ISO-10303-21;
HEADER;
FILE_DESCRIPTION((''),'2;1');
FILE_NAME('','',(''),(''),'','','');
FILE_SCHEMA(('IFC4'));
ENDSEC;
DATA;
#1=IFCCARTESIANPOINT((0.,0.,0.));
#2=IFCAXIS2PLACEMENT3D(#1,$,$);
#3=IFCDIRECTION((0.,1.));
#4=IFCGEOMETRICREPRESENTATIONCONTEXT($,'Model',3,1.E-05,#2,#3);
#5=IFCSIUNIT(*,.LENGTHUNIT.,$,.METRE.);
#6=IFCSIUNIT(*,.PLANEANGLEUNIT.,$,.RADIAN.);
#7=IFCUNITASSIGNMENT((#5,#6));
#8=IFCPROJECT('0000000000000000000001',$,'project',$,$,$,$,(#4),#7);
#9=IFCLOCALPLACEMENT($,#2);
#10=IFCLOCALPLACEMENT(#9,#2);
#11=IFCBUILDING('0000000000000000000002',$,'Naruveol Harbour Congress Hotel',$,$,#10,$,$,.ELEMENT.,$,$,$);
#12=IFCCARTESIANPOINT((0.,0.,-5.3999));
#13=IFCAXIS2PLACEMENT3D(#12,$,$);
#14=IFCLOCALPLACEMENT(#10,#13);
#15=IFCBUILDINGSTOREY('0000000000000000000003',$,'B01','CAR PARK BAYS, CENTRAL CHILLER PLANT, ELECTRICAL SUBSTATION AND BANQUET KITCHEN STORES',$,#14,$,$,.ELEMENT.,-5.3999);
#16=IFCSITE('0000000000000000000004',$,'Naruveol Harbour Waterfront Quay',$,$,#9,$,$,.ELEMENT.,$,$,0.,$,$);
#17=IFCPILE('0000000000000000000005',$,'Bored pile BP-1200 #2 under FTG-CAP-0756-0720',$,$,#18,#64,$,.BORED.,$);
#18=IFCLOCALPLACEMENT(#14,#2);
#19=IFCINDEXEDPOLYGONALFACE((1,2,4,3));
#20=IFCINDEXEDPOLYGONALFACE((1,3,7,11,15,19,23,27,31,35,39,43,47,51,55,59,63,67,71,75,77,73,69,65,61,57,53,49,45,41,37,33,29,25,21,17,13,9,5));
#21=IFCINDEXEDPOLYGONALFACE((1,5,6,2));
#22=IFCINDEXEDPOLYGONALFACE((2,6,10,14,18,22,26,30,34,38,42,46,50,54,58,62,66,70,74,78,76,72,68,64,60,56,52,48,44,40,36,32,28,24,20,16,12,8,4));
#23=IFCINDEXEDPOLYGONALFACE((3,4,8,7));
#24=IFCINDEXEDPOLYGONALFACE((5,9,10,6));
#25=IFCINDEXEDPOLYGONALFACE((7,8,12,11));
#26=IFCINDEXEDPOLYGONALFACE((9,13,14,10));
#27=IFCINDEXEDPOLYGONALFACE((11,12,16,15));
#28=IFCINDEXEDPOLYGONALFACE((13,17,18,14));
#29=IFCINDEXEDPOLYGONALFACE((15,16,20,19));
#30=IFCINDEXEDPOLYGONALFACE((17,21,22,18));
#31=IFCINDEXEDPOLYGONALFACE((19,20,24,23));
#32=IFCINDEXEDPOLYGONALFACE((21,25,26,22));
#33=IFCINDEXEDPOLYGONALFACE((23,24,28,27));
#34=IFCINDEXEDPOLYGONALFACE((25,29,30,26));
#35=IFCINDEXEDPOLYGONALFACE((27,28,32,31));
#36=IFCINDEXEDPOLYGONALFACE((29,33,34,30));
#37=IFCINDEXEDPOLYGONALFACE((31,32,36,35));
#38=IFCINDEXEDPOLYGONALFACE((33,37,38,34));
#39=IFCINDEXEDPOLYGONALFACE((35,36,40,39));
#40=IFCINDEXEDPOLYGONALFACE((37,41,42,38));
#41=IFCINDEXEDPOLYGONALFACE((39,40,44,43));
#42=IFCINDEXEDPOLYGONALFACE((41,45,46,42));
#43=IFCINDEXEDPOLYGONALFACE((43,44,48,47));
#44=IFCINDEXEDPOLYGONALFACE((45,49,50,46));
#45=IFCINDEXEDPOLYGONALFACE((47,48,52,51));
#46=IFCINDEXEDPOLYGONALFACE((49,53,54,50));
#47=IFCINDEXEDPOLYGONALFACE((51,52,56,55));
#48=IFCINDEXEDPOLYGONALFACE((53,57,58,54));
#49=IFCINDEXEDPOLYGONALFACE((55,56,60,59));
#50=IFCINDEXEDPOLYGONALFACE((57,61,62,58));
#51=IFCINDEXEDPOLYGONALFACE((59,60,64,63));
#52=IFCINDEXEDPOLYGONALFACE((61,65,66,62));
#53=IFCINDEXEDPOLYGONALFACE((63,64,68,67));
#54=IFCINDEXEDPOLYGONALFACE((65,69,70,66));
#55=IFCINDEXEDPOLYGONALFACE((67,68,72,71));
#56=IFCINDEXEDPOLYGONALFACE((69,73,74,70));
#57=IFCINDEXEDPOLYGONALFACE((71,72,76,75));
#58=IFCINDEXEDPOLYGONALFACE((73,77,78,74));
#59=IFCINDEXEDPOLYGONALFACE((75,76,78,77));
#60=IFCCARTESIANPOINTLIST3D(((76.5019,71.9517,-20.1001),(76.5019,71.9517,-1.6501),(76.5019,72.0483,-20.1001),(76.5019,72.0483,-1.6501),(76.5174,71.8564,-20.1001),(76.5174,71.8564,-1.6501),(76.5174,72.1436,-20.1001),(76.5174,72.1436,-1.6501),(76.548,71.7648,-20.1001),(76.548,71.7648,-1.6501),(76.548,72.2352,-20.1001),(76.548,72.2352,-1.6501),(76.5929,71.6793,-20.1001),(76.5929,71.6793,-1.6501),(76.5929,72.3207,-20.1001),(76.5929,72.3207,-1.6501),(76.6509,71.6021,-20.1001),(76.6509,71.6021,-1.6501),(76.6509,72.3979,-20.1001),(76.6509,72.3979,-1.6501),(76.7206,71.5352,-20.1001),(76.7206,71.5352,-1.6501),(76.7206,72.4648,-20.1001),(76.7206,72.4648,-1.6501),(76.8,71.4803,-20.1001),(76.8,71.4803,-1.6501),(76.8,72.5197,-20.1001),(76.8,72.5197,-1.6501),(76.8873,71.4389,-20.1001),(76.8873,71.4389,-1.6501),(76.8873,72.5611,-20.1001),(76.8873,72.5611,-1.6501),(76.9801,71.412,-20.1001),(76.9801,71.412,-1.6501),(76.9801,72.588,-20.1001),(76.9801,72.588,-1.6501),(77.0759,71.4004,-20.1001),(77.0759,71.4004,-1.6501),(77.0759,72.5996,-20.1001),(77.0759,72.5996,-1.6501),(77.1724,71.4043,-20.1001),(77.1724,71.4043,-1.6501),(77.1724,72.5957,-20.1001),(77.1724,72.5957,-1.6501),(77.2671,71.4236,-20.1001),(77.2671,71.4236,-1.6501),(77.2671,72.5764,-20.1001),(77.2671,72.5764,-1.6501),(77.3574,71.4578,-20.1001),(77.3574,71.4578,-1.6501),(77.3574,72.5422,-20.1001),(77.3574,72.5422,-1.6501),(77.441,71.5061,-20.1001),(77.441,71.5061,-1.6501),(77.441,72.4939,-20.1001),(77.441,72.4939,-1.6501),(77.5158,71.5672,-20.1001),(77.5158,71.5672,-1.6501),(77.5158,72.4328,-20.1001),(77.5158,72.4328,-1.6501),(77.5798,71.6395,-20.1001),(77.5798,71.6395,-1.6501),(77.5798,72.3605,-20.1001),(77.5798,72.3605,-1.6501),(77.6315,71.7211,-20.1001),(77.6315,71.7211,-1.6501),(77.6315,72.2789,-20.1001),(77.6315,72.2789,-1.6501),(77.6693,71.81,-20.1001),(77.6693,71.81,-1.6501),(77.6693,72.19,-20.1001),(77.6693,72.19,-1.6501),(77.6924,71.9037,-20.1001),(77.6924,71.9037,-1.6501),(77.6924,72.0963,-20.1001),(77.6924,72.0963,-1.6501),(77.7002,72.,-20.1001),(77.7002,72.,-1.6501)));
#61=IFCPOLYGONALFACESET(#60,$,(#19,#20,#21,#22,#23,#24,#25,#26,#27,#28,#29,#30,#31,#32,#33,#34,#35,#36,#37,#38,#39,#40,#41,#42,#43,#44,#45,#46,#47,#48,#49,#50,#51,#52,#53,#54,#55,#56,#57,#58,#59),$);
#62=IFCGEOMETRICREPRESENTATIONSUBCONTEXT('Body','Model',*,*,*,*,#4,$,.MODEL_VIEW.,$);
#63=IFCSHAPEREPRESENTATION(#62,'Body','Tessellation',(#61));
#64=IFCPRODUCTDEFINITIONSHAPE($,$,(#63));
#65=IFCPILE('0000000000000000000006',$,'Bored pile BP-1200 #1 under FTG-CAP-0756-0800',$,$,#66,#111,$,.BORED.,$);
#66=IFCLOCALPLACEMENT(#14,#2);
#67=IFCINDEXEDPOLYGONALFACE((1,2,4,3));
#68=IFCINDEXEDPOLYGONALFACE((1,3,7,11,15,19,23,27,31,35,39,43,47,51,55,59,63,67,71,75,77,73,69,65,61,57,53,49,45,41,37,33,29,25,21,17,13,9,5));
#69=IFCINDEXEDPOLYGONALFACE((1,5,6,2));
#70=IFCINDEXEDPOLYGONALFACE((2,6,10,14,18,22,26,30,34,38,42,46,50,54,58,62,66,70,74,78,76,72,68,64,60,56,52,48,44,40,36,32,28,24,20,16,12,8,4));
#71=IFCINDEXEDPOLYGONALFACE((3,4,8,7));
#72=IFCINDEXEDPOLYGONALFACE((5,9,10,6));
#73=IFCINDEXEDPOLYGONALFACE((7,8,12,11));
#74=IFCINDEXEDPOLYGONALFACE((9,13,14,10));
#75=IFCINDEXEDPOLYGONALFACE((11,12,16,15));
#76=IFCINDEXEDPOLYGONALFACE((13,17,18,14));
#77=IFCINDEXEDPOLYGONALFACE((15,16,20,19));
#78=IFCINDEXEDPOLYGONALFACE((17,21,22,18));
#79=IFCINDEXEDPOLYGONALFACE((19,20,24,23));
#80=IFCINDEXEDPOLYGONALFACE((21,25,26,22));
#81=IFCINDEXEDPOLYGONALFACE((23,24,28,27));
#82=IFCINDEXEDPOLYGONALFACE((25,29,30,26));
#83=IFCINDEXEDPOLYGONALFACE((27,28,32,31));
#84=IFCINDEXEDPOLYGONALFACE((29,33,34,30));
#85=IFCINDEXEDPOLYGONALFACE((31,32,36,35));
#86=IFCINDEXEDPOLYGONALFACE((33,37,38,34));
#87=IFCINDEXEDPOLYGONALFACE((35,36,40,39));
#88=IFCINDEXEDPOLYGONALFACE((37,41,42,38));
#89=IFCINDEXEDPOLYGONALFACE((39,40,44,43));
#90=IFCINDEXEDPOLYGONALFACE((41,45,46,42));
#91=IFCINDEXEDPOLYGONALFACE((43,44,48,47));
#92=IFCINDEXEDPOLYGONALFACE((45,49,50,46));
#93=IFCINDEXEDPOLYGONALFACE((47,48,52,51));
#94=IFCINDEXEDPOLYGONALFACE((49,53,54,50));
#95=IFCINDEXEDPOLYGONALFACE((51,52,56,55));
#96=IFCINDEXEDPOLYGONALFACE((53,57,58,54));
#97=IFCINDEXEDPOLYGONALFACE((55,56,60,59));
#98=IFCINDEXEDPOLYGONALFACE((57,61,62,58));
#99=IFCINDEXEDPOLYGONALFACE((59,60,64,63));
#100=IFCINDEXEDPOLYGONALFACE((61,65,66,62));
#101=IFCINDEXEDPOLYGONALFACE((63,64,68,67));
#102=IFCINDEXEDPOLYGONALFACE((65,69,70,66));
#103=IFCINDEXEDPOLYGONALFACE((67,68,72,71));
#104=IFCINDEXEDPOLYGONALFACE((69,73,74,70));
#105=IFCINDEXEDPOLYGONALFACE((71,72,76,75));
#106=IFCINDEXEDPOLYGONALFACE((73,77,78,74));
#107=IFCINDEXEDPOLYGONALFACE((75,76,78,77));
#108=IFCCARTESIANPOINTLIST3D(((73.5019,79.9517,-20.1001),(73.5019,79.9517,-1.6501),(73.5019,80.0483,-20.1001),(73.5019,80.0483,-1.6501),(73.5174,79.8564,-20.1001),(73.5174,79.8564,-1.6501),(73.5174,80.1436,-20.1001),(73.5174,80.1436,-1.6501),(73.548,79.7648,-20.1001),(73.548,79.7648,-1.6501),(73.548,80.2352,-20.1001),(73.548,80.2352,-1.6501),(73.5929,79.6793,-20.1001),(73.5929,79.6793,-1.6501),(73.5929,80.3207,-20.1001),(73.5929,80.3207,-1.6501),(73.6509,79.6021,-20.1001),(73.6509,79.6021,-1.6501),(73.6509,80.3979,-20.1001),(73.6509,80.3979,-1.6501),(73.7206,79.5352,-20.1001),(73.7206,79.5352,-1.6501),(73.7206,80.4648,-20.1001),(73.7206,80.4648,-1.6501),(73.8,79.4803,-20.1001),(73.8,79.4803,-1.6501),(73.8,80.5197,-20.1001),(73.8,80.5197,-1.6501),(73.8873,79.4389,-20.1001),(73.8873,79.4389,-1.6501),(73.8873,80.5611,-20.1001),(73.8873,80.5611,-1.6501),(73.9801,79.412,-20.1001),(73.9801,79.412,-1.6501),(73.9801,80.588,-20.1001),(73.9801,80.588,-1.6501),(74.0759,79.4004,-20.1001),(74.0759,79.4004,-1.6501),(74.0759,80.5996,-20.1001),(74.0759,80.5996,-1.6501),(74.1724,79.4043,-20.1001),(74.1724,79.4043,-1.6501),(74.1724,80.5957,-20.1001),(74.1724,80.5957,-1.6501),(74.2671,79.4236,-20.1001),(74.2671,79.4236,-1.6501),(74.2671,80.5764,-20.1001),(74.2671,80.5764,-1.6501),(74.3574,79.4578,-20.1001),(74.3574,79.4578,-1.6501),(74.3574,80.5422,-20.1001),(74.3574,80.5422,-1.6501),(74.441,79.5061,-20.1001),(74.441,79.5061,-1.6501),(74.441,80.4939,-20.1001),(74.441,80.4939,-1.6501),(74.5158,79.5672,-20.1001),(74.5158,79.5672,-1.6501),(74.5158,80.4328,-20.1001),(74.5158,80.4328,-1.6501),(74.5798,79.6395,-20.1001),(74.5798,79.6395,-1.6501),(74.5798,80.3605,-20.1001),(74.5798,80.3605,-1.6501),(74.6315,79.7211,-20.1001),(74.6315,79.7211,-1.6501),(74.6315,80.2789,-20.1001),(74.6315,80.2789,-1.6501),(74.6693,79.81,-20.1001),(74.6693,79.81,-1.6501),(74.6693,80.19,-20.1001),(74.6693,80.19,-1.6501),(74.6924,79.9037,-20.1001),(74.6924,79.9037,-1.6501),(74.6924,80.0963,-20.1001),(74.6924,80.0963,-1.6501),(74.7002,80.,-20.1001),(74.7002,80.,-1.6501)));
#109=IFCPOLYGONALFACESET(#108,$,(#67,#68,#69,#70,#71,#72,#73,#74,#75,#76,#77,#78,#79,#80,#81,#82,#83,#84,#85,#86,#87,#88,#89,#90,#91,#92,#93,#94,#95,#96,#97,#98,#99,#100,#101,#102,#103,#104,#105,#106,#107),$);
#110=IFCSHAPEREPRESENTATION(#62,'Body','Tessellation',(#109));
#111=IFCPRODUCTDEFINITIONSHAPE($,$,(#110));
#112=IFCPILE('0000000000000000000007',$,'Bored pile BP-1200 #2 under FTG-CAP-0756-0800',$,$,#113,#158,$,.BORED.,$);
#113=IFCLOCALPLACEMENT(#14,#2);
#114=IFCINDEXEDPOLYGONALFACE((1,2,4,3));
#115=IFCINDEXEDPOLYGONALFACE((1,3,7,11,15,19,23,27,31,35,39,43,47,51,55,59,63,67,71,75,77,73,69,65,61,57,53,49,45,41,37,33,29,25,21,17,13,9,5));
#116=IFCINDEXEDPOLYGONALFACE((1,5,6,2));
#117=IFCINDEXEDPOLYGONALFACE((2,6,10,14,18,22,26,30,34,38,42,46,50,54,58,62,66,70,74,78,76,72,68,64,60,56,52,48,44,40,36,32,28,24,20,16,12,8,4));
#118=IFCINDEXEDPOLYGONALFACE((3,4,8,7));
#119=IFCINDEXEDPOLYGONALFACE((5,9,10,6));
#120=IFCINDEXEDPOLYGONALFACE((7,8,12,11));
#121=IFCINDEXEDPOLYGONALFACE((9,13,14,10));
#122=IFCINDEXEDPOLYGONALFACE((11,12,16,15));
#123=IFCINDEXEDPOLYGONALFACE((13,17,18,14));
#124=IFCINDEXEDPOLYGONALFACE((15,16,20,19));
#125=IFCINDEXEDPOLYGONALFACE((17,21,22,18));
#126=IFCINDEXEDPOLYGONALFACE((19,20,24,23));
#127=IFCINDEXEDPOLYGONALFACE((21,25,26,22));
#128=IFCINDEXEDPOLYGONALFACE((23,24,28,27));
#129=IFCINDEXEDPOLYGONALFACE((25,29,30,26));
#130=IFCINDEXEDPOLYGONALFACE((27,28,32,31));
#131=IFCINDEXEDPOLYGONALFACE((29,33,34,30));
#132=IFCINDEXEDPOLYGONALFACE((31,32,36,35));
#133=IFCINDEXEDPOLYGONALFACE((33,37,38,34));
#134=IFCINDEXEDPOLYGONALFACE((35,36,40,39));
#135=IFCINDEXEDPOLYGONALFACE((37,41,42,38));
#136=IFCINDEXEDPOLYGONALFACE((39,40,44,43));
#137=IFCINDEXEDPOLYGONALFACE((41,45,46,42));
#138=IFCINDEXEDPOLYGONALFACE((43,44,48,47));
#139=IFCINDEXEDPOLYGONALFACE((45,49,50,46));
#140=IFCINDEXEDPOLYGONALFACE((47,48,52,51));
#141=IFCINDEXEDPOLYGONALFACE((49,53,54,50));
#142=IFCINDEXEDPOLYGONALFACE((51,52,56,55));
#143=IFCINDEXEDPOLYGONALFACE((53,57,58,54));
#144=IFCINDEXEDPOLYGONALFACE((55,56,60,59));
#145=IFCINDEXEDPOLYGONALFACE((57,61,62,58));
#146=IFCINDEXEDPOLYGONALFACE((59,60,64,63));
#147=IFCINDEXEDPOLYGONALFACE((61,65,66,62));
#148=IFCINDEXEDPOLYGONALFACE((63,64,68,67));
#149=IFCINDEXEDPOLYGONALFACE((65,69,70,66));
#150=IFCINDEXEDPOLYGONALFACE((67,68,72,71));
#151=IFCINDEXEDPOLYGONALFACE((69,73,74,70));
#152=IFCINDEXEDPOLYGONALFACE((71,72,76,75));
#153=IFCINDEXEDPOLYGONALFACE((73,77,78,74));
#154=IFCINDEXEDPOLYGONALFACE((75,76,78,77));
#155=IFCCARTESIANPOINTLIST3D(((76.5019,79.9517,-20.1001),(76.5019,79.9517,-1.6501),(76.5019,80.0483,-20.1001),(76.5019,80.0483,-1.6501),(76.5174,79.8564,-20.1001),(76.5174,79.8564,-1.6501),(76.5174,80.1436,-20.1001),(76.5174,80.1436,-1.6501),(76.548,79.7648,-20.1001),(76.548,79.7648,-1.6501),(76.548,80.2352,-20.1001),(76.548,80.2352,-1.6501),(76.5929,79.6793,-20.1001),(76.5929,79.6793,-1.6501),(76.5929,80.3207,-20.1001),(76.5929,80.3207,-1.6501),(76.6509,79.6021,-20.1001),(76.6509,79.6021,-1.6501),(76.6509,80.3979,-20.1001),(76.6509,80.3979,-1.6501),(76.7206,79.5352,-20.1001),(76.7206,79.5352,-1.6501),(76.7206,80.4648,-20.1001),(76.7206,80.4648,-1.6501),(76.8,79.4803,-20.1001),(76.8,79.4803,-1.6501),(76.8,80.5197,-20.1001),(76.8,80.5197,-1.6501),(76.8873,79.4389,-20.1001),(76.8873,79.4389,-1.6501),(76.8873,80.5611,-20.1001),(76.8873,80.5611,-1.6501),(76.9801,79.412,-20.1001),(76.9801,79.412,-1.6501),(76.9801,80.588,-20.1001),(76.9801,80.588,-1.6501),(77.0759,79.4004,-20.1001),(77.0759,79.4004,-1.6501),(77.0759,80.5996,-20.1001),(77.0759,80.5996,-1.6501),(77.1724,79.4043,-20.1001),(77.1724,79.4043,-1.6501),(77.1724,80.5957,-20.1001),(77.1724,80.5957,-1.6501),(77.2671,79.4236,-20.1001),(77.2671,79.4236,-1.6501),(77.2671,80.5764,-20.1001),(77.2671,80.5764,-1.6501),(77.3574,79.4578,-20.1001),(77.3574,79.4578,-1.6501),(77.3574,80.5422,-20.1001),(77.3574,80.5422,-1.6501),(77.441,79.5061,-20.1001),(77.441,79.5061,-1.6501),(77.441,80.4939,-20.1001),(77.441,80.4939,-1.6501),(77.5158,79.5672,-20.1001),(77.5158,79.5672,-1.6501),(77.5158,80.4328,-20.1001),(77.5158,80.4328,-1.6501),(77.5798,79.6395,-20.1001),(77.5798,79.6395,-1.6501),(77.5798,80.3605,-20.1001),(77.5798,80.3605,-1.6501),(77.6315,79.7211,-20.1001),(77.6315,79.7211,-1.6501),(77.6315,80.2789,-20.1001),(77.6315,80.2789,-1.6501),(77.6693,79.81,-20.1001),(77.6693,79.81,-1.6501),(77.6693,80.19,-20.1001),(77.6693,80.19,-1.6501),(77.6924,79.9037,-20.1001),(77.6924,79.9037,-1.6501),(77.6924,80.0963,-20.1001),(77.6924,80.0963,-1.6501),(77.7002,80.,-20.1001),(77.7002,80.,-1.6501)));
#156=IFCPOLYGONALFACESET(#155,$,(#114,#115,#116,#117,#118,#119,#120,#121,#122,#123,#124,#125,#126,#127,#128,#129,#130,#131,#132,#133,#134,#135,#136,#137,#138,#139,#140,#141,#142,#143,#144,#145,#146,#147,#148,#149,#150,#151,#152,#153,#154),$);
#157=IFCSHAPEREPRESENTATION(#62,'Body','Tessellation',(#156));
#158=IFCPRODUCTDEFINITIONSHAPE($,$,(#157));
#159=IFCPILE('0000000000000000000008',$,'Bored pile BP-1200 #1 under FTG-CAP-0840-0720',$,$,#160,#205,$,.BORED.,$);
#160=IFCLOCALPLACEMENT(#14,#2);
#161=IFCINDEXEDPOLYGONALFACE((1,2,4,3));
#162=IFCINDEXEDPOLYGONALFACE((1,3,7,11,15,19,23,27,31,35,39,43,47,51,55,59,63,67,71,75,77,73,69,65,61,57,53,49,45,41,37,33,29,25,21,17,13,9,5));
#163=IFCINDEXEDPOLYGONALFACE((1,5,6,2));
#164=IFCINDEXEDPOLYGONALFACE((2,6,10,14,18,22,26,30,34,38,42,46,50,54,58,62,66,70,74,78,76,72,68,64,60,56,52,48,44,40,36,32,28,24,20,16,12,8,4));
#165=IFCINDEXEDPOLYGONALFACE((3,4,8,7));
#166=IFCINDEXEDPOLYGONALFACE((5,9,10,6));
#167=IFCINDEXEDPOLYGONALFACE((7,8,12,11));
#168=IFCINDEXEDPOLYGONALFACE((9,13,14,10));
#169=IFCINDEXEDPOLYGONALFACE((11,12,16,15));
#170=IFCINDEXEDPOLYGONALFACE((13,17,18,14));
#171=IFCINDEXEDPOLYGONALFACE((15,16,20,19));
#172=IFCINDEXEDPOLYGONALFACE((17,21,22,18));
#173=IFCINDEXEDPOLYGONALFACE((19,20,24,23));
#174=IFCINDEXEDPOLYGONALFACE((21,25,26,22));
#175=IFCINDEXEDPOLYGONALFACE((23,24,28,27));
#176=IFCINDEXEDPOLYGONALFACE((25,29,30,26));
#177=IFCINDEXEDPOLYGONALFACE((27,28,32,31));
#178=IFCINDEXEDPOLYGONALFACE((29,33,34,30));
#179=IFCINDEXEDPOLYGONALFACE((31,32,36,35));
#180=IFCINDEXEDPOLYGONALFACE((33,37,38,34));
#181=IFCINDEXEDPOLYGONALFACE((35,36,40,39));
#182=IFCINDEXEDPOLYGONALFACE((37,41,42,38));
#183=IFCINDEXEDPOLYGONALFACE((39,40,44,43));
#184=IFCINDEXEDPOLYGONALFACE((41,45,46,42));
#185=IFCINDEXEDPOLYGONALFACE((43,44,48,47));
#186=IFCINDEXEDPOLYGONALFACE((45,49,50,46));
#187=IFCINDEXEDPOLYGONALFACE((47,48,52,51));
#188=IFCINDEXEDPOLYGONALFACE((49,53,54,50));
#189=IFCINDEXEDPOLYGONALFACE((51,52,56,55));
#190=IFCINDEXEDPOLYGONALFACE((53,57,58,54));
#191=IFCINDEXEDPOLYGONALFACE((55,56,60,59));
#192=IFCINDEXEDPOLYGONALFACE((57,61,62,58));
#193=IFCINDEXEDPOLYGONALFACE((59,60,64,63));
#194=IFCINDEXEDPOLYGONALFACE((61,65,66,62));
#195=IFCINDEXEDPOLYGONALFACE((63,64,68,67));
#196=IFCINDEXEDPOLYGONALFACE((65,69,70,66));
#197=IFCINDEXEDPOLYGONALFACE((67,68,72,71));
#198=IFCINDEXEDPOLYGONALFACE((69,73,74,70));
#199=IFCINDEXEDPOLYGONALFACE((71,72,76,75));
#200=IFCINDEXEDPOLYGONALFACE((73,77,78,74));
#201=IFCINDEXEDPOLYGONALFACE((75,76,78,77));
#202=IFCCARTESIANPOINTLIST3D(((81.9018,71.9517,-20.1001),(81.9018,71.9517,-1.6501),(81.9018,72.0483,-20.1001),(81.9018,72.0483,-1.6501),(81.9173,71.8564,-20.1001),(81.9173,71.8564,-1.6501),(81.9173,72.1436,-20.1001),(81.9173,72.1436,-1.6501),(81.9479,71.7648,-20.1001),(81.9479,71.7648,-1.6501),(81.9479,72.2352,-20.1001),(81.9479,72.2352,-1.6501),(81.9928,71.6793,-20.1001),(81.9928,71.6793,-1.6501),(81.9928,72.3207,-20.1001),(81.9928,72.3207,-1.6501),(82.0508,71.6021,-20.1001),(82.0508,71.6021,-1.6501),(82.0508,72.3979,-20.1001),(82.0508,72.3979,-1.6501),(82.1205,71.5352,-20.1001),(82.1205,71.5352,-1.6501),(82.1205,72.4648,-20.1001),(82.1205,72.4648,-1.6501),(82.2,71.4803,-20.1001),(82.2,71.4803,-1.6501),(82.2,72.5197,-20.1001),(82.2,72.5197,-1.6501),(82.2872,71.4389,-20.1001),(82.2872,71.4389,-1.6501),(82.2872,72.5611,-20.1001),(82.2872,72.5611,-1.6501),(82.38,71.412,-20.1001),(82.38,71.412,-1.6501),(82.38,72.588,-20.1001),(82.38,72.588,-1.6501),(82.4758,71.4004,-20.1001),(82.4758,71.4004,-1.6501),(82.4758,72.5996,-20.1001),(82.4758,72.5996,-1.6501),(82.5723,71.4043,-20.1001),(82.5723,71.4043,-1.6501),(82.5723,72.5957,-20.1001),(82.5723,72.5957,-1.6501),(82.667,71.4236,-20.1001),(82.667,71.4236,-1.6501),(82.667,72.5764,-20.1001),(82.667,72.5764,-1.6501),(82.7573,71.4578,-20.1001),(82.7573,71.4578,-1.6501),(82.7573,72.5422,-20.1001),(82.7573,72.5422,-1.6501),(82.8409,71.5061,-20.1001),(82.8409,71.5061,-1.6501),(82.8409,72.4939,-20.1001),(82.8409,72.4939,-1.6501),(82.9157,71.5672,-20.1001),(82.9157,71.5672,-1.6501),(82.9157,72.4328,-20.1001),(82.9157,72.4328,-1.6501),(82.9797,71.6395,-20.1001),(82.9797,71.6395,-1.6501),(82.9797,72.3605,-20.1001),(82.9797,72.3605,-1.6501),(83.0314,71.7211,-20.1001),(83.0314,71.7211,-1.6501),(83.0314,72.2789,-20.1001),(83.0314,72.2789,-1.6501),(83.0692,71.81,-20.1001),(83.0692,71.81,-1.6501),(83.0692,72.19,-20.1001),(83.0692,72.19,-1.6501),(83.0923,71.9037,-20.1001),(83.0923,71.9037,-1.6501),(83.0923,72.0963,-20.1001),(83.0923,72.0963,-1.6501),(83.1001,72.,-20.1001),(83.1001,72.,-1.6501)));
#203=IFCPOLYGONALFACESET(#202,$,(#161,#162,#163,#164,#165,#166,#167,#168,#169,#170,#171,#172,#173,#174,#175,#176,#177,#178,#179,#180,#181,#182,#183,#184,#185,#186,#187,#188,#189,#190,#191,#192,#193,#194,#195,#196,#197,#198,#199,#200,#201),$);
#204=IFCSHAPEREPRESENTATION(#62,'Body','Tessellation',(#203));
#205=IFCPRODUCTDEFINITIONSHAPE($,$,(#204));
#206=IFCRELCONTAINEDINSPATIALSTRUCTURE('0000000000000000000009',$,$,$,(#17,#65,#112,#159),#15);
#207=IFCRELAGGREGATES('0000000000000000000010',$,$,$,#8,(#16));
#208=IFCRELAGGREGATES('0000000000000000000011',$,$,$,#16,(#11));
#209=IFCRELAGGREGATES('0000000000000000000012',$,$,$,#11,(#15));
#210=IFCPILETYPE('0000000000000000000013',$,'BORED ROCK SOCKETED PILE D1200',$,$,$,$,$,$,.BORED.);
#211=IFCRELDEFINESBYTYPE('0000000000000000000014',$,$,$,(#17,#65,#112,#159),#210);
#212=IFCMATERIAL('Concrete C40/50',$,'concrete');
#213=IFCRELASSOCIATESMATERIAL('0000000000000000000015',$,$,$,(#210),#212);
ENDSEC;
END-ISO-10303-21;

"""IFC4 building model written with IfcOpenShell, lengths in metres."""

from ifc_helpers import new_model, si_unit, direction, frame, origin, origin_2d, place, context, subcontext, project, spatial, circle, extrude, material, material_profile, profile_set, type_object, element, save


model = new_model("IFC4")

# Units and contexts
model_context = context("Model", 3, precision=1e-05, world=origin(), true_north=direction((0.0, 1.0)))
body_context = subcontext(model_context, "Body", "Model", "MODEL_VIEW")
ifc_project = project(units=[si_unit("LENGTHUNIT", "METRE"), si_unit("PLANEANGLEUNIT", "RADIAN")], contexts=[model_context])

# Site, building, storey
site_placement = place(None, origin())
site = spatial("IfcSite", under=ifc_project, at=site_placement, Name="Naruveol Harbour Waterfront Quay", CompositionType="ELEMENT", RefElevation=0.0)
building_placement = place(site_placement, origin())
building = spatial("IfcBuilding", under=site, at=building_placement, Name="Naruveol Harbour Congress Hotel", CompositionType="ELEMENT")
storey_placement = place(building_placement, frame((0.0, 0.0, -5.3999)))
storey = spatial("IfcBuildingStorey", under=building, at=storey_placement, Name="B01", Description="CAR PARK BAYS, CENTRAL CHILLER PLANT, ELECTRICAL SUBSTATION AND BANQUET KITCHEN STORES", CompositionType="ELEMENT", Elevation=-5.3999)

# Piles
ifc_material_1 = material(Name="Concrete C40/50", Category="concrete")
ifc_material_profile_1 = material_profile(ifc_material_1, circle(Radius=0.6001, at=origin_2d()), Name="BP-1200")
ifc_profile_set_1 = profile_set([ifc_material_profile_1], Name="Concrete C40/50")
pile_type_1 = type_object("IfcPileType", Name="BORED ROCK SOCKETED PILE D1200", PredefinedType="BORED", material=ifc_profile_set_1)
for number, where, z_axis, x_axis, name in (
    (1, (77.1001, 72.0, -1.6501), (0.0, 0.0, -1.0), (1.0, 0.0, 0.0), "Bored pile BP-1200 #2 under FTG-CAP-0756-0720"),
    (2, (74.1001, 80.0, -1.6501), (0.0, 0.0, -1.0), (1.0, 0.0, 0.0), "Bored pile BP-1200 #1 under FTG-CAP-0756-0800"),
    (3, (77.1001, 80.0, -1.6501), (0.0, 0.0, -1.0), (1.0, 0.0, 0.0), "Bored pile BP-1200 #2 under FTG-CAP-0756-0800"),
    (4, (82.5, 72.0, -1.6501), (0.0, 0.0, -1.0), (1.0, 0.0, 0.0), "Bored pile BP-1200 #1 under FTG-CAP-0840-0720"),
):
    element("IfcPile", number, at=place(storey_placement, frame(where, z_axis=z_axis, x_axis=x_axis)), inside=storey, type_object=pile_type_1, Name=name, PredefinedType="BORED", context=body_context, shape_type="SweptSolid", body=[
        extrude(circle(Radius=0.6001, at=origin_2d()), origin(), (0.0, 0.0, 1.0), 18.45),
    ])

save(model, "model.ifc")
